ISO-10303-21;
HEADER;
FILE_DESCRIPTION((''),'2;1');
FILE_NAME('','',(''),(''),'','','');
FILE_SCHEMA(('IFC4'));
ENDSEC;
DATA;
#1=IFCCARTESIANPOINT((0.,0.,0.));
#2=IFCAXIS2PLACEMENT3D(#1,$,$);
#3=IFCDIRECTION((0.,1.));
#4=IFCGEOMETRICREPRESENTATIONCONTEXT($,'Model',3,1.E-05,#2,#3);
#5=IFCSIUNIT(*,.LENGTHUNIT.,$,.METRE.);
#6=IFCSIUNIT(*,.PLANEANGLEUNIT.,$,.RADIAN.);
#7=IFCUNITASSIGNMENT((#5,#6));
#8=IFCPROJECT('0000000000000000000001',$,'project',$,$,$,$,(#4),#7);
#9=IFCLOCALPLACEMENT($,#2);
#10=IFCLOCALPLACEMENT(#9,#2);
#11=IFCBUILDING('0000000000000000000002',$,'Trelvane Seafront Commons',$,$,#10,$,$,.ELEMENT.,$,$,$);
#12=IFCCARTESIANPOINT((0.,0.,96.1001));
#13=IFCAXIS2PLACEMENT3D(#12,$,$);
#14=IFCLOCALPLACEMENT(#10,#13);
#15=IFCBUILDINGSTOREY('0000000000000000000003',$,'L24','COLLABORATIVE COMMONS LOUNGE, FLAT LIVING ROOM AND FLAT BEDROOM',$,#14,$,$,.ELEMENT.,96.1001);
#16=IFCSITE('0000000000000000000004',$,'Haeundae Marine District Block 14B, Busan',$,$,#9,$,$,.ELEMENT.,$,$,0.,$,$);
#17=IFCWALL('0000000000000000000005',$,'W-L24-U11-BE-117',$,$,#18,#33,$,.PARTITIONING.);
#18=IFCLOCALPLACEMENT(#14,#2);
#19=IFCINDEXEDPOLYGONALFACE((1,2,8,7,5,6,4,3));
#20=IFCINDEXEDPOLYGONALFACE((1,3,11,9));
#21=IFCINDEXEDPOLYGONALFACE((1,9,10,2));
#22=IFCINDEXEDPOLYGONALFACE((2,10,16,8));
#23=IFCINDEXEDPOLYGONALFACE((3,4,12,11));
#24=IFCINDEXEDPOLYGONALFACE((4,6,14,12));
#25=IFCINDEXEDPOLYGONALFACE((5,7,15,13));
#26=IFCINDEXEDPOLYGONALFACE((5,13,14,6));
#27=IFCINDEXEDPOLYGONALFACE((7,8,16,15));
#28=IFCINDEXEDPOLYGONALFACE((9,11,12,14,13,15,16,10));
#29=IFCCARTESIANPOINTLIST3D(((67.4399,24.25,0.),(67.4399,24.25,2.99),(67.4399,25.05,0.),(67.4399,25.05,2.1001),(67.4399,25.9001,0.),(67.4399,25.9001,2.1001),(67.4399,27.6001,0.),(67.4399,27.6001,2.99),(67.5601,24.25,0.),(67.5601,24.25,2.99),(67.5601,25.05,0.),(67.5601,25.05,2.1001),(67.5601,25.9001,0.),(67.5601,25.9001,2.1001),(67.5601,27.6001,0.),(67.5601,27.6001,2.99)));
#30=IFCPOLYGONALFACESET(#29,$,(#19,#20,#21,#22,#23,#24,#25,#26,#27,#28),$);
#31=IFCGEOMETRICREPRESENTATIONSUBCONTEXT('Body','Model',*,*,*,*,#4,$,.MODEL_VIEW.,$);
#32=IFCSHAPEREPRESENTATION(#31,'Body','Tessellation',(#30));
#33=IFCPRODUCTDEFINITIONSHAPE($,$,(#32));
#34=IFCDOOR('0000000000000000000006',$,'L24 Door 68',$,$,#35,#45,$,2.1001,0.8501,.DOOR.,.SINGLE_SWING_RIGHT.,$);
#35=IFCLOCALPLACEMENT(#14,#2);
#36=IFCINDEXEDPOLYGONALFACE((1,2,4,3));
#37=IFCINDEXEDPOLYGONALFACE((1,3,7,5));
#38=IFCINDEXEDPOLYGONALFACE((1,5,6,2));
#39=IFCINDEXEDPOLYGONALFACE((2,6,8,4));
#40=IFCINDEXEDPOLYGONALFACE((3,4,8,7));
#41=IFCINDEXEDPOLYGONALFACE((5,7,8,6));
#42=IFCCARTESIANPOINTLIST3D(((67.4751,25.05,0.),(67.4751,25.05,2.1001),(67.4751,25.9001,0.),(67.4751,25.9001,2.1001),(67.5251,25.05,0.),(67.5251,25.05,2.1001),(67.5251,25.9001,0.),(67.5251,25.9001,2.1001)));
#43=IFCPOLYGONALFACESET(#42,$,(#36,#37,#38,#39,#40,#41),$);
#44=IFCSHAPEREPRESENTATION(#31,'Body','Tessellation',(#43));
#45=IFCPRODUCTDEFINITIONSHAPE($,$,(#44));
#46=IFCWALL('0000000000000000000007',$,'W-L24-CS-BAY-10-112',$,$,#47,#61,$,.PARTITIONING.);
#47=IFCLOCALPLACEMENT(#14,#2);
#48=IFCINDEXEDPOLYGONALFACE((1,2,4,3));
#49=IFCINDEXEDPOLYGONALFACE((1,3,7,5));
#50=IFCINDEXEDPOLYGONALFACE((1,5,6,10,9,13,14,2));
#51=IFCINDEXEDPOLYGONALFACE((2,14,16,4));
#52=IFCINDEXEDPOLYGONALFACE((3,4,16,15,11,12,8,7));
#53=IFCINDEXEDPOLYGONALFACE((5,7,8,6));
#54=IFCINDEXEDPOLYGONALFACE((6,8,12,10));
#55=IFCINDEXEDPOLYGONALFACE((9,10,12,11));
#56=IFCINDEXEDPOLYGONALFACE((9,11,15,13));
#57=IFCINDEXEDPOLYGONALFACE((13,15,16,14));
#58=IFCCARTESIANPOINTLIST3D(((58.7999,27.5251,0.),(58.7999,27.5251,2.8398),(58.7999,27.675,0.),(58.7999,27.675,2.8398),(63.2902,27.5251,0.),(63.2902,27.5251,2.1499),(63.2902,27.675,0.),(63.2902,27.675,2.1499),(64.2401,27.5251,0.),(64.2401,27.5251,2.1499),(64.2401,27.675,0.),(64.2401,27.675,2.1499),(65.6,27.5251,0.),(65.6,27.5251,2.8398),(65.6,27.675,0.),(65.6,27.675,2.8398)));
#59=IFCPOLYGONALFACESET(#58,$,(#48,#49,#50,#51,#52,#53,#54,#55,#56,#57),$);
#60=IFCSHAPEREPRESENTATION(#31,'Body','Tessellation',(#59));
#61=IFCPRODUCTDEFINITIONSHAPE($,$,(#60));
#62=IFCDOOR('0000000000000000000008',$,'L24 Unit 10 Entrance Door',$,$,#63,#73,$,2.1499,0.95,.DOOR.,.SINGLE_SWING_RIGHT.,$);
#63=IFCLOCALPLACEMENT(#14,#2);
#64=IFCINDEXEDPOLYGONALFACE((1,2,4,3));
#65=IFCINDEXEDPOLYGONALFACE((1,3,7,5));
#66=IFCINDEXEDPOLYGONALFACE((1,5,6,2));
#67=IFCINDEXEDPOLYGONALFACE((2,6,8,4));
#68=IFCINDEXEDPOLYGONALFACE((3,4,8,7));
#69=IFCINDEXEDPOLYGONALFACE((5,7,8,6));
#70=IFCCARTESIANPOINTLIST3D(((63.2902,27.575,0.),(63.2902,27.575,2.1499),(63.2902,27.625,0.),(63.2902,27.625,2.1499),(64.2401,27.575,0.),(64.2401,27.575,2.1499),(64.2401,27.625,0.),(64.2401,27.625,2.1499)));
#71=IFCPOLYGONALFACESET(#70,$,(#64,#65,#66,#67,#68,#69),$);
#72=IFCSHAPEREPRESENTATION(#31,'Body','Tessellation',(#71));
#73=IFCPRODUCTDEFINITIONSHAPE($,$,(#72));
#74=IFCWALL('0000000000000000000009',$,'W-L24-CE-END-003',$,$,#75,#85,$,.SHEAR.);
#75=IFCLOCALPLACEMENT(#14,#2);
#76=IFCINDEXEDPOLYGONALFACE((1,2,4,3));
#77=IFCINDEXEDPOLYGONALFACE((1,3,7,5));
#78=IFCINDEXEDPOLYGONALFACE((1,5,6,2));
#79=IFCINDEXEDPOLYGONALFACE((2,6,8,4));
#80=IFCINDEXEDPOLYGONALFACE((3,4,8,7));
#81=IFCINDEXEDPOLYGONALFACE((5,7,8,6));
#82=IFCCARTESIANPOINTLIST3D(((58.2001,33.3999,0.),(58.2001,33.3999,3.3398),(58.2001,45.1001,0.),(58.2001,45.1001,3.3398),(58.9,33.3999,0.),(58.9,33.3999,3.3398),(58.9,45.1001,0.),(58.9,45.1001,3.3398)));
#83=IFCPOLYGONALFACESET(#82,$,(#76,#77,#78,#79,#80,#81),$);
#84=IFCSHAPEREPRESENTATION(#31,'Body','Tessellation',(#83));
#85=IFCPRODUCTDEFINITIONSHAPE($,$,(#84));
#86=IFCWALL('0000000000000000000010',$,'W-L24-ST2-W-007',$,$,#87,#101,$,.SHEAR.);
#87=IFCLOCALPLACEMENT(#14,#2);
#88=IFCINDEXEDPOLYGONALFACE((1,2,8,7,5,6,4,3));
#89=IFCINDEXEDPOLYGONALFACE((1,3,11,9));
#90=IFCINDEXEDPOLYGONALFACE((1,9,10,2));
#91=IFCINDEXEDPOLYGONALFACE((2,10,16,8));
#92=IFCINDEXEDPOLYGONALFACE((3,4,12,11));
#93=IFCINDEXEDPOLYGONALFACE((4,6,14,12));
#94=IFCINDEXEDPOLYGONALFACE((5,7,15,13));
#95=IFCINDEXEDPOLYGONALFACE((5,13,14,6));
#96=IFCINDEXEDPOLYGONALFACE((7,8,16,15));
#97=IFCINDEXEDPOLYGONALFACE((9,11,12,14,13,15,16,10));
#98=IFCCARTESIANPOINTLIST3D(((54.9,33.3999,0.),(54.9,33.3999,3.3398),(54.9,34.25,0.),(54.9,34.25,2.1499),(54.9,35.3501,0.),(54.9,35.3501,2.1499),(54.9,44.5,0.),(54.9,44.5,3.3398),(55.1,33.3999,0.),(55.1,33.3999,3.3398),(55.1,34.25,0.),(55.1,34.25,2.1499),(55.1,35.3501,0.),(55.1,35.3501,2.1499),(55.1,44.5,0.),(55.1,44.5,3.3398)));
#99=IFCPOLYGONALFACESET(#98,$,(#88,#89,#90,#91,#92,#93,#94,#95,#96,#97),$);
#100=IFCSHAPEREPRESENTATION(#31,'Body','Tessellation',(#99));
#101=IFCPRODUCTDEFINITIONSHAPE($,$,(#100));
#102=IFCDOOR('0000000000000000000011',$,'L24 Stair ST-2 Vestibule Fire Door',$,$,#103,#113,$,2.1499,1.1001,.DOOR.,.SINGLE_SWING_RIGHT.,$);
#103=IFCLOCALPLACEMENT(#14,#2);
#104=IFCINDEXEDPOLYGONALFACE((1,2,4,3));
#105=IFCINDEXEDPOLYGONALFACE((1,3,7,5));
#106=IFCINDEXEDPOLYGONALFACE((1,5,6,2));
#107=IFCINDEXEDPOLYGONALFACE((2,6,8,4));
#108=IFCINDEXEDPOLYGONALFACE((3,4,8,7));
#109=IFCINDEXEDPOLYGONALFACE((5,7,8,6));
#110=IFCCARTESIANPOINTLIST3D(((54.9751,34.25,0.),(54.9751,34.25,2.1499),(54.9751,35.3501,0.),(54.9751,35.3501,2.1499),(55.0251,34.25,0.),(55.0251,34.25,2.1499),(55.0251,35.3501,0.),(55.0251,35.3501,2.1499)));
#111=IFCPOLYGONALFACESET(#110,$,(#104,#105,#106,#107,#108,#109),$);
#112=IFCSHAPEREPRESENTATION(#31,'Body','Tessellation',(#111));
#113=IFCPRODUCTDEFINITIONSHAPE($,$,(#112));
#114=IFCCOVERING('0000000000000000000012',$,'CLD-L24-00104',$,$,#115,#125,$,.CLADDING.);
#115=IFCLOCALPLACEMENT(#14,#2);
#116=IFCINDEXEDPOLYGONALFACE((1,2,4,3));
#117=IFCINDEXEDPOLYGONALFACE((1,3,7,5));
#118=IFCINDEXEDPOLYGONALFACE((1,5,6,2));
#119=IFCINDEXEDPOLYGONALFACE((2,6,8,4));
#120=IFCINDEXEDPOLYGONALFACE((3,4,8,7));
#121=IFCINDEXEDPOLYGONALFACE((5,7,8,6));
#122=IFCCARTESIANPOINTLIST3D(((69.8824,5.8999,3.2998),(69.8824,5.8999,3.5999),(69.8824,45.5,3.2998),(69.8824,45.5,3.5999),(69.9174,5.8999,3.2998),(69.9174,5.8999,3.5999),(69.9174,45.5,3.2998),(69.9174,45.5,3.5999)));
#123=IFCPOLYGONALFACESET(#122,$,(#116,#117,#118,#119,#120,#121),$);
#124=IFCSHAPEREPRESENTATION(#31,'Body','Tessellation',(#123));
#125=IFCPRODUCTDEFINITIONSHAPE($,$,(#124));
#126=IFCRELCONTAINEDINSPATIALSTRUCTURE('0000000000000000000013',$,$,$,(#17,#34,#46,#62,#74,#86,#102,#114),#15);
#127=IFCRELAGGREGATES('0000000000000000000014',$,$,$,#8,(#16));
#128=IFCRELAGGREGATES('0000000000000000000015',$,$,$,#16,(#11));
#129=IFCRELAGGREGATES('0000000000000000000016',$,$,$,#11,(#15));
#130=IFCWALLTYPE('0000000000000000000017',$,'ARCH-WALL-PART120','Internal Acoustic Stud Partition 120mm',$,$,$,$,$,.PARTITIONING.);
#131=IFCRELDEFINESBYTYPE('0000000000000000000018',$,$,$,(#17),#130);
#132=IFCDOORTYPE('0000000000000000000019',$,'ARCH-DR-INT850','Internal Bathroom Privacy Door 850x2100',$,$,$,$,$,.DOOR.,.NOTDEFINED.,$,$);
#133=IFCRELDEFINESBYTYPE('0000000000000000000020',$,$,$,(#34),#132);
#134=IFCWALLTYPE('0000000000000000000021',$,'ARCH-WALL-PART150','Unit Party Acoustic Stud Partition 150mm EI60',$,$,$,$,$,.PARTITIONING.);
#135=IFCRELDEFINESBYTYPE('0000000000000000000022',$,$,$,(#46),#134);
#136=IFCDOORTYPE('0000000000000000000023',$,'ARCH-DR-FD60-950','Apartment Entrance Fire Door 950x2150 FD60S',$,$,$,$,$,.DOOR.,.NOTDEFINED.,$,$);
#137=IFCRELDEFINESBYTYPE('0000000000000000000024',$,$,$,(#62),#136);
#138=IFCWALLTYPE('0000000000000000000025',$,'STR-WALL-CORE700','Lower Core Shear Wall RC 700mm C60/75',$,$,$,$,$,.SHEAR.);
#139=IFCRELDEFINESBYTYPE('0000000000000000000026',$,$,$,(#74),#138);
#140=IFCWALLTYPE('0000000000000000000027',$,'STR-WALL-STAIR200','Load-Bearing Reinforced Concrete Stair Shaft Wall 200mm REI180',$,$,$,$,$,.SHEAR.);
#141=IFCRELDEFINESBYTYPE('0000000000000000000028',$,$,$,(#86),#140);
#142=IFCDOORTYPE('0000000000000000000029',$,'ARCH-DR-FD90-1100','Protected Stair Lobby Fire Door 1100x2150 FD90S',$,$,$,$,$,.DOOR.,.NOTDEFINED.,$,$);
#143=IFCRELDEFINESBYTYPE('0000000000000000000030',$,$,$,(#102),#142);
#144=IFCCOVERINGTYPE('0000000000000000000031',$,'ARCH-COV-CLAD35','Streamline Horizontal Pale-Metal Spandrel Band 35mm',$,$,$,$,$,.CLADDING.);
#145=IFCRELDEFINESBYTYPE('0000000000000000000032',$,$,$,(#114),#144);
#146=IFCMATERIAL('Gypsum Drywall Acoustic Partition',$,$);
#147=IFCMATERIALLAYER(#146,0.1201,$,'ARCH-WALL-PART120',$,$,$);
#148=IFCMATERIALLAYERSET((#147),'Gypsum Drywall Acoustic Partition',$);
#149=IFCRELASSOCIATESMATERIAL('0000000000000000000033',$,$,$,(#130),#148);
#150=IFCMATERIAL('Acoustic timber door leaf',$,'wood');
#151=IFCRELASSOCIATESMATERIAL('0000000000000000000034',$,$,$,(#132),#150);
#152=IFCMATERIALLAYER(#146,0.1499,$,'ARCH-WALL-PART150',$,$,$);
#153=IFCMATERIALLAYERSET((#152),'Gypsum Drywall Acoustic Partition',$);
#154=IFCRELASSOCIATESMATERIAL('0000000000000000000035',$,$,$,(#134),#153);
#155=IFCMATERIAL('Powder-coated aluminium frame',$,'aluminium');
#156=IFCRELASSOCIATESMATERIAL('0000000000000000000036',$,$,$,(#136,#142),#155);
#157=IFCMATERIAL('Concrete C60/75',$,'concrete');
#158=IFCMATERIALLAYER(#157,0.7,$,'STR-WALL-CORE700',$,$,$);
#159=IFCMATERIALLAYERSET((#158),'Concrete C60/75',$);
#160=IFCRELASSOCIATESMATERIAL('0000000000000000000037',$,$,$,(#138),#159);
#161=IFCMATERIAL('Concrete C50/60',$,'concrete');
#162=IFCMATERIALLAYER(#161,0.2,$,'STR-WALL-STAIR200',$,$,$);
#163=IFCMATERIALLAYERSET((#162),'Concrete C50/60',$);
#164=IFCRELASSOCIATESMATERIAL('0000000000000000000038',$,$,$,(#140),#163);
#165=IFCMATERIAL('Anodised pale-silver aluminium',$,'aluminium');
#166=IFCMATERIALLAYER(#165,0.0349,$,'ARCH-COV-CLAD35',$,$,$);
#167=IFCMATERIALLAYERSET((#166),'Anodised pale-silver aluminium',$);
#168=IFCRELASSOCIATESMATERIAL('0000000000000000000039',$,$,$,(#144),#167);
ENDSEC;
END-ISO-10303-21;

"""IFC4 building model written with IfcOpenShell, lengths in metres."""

from ifc_helpers import new_model, si_unit, direction, frame, frame_2d, origin, origin_2d, place, context, subcontext, project, spatial, rectangle, extrude, source, transform, mapped, material, layer, layer_set, type_object, element, fill, save


model = new_model("IFC4")

# Units and contexts
model_context = context("Model", 3, precision=1e-05, world=origin(), true_north=direction((0.0, 1.0)))
body_context = subcontext(model_context, "Body", "Model", "MODEL_VIEW")
ifc_project = project(units=[si_unit("LENGTHUNIT", "METRE"), si_unit("PLANEANGLEUNIT", "RADIAN")], contexts=[model_context])

# Site, building, storey
site_placement = place(None, origin())
site = spatial("IfcSite", under=ifc_project, at=site_placement, Name="Haeundae Marine District Block 14B, Busan", CompositionType="ELEMENT", RefElevation=0.0)
building_placement = place(site_placement, origin())
building = spatial("IfcBuilding", under=site, at=building_placement, Name="Trelvane Seafront Commons", CompositionType="ELEMENT")
storey_placement = place(building_placement, frame((0.0, 0.0, 96.1001)))
storey = spatial("IfcBuildingStorey", under=building, at=storey_placement, Name="L24", Description="COLLABORATIVE COMMONS LOUNGE, FLAT LIVING ROOM AND FLAT BEDROOM", CompositionType="ELEMENT", Elevation=96.1001)

# Shared definitions
ifc_material_1 = material(Name="Concrete C60/75", Category="concrete")

# Shared definitions
ifc_material_2 = material(Name="Anodised pale-silver aluminium", Category="aluminium")

# Shared definitions
ifc_material_3 = material(Name="Gypsum Drywall Acoustic Partition")
ifc_layer_1 = layer(ifc_material_3, 0.1201, Name="ARCH-WALL-PART120")
ifc_layer_set_1 = layer_set([ifc_layer_1], Name="Gypsum Drywall Acoustic Partition")
wall_type_1 = type_object("IfcWallType", Name="ARCH-WALL-PART120", Description="Internal Acoustic Stud Partition 120mm", PredefinedType="PARTITIONING", material=ifc_layer_set_1)
ifc_material_4 = material(Name="Acoustic timber door leaf", Category="wood")
shared_shape_1 = source(origin(), body_context, "Body", "SweptSolid", [
    extrude(rectangle(XDim=0.95, YDim=2.1499, at=frame_2d((0.4751, 1.075))), frame((0.0, 0.0249, 0.0), z_axis=(0.0, -1.0, 0.0), x_axis=(1.0, 0.0, 0.0)), (0.0, 0.0, 1.0), 0.05),
])

# Walls, openings, doors
wall_1_placement = place(storey_placement, frame((67.5, 24.25, 0.0), z_axis=(0.0, 0.0, 1.0), x_axis=(0.0, 1.0, 0.0)))
wall_1 = element("IfcWall", 1, at=wall_1_placement, inside=storey, type_object=wall_type_1, Name="W-L24-U11-BE-117", PredefinedType="PARTITIONING", context=body_context, shape_type="SweptSolid", body=[
    extrude(rectangle(XDim=3.3501, YDim=0.1201, at=frame_2d((1.675, 0.0))), origin(), (0.0, 0.0, 1.0), 2.99),
])
opening_1_placement = place(wall_1_placement, frame((0.8, 0.0, 0.0)))
opening_1 = element("IfcOpeningElement", 2, at=opening_1_placement, cuts=wall_1, PredefinedType="OPENING", context=body_context, shape_type="SweptSolid", body=[
    extrude(rectangle(XDim=0.8501, YDim=2.1001, at=frame_2d((0.425, 1.05))), frame((0.0, 0.0701, 0.0), z_axis=(0.0, -1.0, 0.0), x_axis=(1.0, 0.0, 0.0)), (0.0, 0.0, 1.0), 0.1401),
])
door_type_1 = type_object("IfcDoorType", Name="ARCH-DR-INT850", Description="Internal Bathroom Privacy Door 850x2100", OperationType="NOTDEFINED", PredefinedType="DOOR", material=ifc_material_4)
shared_shape_2 = source(origin(), body_context, "Body", "SweptSolid", [
    extrude(rectangle(XDim=0.8501, YDim=2.1001, at=frame_2d((0.425, 1.05))), frame((0.0, 0.0249, 0.0), z_axis=(0.0, -1.0, 0.0), x_axis=(1.0, 0.0, 0.0)), (0.0, 0.0, 1.0), 0.05),
])
door_1_placement = place(opening_1_placement, origin())
door_1 = element("IfcDoor", 3, at=door_1_placement, inside=storey, type_object=door_type_1, Name="L24 Door 68", OperationType="SINGLE_SWING_RIGHT", OverallHeight=2.1001, OverallWidth=0.8501, PredefinedType="DOOR", context=body_context, shape_type="MappedRepresentation", body=[
    mapped(shared_shape_2, transform((0.0, 0.0, 0.0), x_axis=(1.0, 0.0, 0.0), y_axis=(0.0, 1.0, 0.0), z_axis=(0.0, 0.0, 1.0), scale=1.0)),
])
fill(opening_1, door_1)
ifc_layer_2 = layer(ifc_material_3, 0.1499, Name="ARCH-WALL-PART150")
ifc_layer_set_2 = layer_set([ifc_layer_2], Name="Gypsum Drywall Acoustic Partition")
wall_type_2 = type_object("IfcWallType", Name="ARCH-WALL-PART150", Description="Unit Party Acoustic Stud Partition 150mm EI60", PredefinedType="PARTITIONING", material=ifc_layer_set_2)
wall_2_placement = place(storey_placement, frame((58.8, 27.6001, 0.0), z_axis=(0.0, 0.0, 1.0), x_axis=(1.0, 0.0, 0.0)))
wall_2 = element("IfcWall", 4, at=wall_2_placement, inside=storey, type_object=wall_type_2, Name="W-L24-CS-BAY-10-112", PredefinedType="PARTITIONING", context=body_context, shape_type="SweptSolid", body=[
    extrude(rectangle(XDim=6.8, YDim=0.1499, at=frame_2d((3.3999, 0.0))), origin(), (0.0, 0.0, 1.0), 2.8398),
])
opening_2_placement = place(wall_2_placement, frame((4.49, 0.0, 0.0)))
opening_2 = element("IfcOpeningElement", 5, at=opening_2_placement, cuts=wall_2, PredefinedType="OPENING", context=body_context, shape_type="SweptSolid", body=[
    extrude(rectangle(XDim=0.95, YDim=2.1499, at=frame_2d((0.4751, 1.075))), frame((0.0, 0.085, 0.0), z_axis=(0.0, -1.0, 0.0), x_axis=(1.0, 0.0, 0.0)), (0.0, 0.0, 1.0), 0.1699),
])
ifc_material_5 = material(Name="Powder-coated aluminium frame", Category="aluminium")
door_type_2 = type_object("IfcDoorType", Name="ARCH-DR-FD60-950", Description="Apartment Entrance Fire Door 950x2150 FD60S", OperationType="NOTDEFINED", PredefinedType="DOOR", material=ifc_material_5)
door_2_placement = place(opening_2_placement, origin())
door_2 = element("IfcDoor", 6, at=door_2_placement, inside=storey, type_object=door_type_2, Name="L24 Unit 10 Entrance Door", OperationType="SINGLE_SWING_RIGHT", OverallHeight=2.1499, OverallWidth=0.95, PredefinedType="DOOR", context=body_context, shape_type="MappedRepresentation", body=[
    mapped(shared_shape_1, transform((0.0, 0.0, 0.0), x_axis=(1.0, 0.0, 0.0), y_axis=(0.0, 1.0, 0.0), z_axis=(0.0, 0.0, 1.0), scale=1.0)),
])
fill(opening_2, door_2)

# Wall
ifc_layer_3 = layer(ifc_material_1, 0.7, Name="STR-WALL-CORE700")
ifc_layer_set_3 = layer_set([ifc_layer_3], Name="Concrete C60/75")
wall_type_3 = type_object("IfcWallType", Name="STR-WALL-CORE700", Description="Lower Core Shear Wall RC 700mm C60/75", PredefinedType="SHEAR", material=ifc_layer_set_3)
wall_3_placement = place(storey_placement, frame((58.55, 33.3999, 0.0), z_axis=(0.0, 0.0, 1.0), x_axis=(0.0, 1.0, 0.0)))
element("IfcWall", 7, at=wall_3_placement, inside=storey, type_object=wall_type_3, Name="W-L24-CE-END-003", PredefinedType="SHEAR", context=body_context, shape_type="SweptSolid", body=[
    extrude(rectangle(XDim=11.7002, YDim=0.7, at=frame_2d((5.8501, 0.0))), origin(), (0.0, 0.0, 1.0), 3.3398),
])

# Wall, opening, door
ifc_material_6 = material(Name="Concrete C50/60", Category="concrete")
ifc_layer_4 = layer(ifc_material_6, 0.2, Name="STR-WALL-STAIR200")
ifc_layer_set_4 = layer_set([ifc_layer_4], Name="Concrete C50/60")
wall_type_4 = type_object("IfcWallType", Name="STR-WALL-STAIR200", Description="Load-Bearing Reinforced Concrete Stair Shaft Wall 200mm REI180", PredefinedType="SHEAR", material=ifc_layer_set_4)
wall_4_placement = place(storey_placement, frame((55.0, 33.3999, 0.0), z_axis=(0.0, 0.0, 1.0), x_axis=(0.0, 1.0, 0.0)))
wall_4 = element("IfcWall", 8, at=wall_4_placement, inside=storey, type_object=wall_type_4, Name="W-L24-ST2-W-007", PredefinedType="SHEAR", context=body_context, shape_type="SweptSolid", body=[
    extrude(rectangle(XDim=11.1001, YDim=0.2, at=frame_2d((5.55, 0.0))), origin(), (0.0, 0.0, 1.0), 3.3398),
])
opening_3_placement = place(wall_4_placement, frame((0.8501, 0.0, 0.0)))
opening_3 = element("IfcOpeningElement", 9, at=opening_3_placement, cuts=wall_4, PredefinedType="OPENING", context=body_context, shape_type="SweptSolid", body=[
    extrude(rectangle(XDim=1.1001, YDim=2.1499, at=frame_2d((0.55, 1.075))), frame((0.0, 0.1099, 0.0), z_axis=(0.0, -1.0, 0.0), x_axis=(1.0, 0.0, 0.0)), (0.0, 0.0, 1.0), 0.22),
])
door_type_3 = type_object("IfcDoorType", Name="ARCH-DR-FD90-1100", Description="Protected Stair Lobby Fire Door 1100x2150 FD90S", OperationType="NOTDEFINED", PredefinedType="DOOR", material=ifc_material_5)
shared_shape_3 = source(origin(), body_context, "Body", "SweptSolid", [
    extrude(rectangle(XDim=1.1001, YDim=2.1499, at=frame_2d((0.55, 1.075))), frame((0.0, 0.0249, 0.0), z_axis=(0.0, -1.0, 0.0), x_axis=(1.0, 0.0, 0.0)), (0.0, 0.0, 1.0), 0.05),
])
door_3_placement = place(opening_3_placement, origin())
door_3 = element("IfcDoor", 10, at=door_3_placement, inside=storey, type_object=door_type_3, Name="L24 Stair ST-2 Vestibule Fire Door", OperationType="SINGLE_SWING_RIGHT", OverallHeight=2.1499, OverallWidth=1.1001, PredefinedType="DOOR", context=body_context, shape_type="MappedRepresentation", body=[
    mapped(shared_shape_3, transform((0.0, 0.0, 0.0), x_axis=(1.0, 0.0, 0.0), y_axis=(0.0, 1.0, 0.0), z_axis=(0.0, 0.0, 1.0), scale=1.0)),
])
fill(opening_3, door_3)

# Covering
ifc_layer_5 = layer(ifc_material_2, 0.0349, Name="ARCH-COV-CLAD35")
ifc_layer_set_5 = layer_set([ifc_layer_5], Name="Anodised pale-silver aluminium")
covering_type = type_object("IfcCoveringType", Name="ARCH-COV-CLAD35", Description="Streamline Horizontal Pale-Metal Spandrel Band 35mm", PredefinedType="CLADDING", material=ifc_layer_set_5)
shared_shape_4 = source(origin(), body_context, "Body", "SweptSolid", [
    extrude(rectangle(XDim=39.6001, YDim=0.0349, at=origin_2d()), origin(), (0.0, 0.0, 1.0), 0.3),
])
covering_placement = place(storey_placement, frame((69.8999, 25.7, 3.2998), z_axis=(0.0, 0.0, 1.0), x_axis=(0.0, -1.0, 0.0)))
element("IfcCovering", 11, at=covering_placement, inside=storey, type_object=covering_type, Name="CLD-L24-00104", PredefinedType="CLADDING", context=body_context, shape_type="MappedRepresentation", body=[
    mapped(shared_shape_4, transform((0.0, 0.0, 0.0), x_axis=(1.0, 0.0, 0.0), y_axis=(0.0, 1.0, 0.0), z_axis=(0.0, 0.0, 1.0), scale=1.0)),
])

save(model, "model.ifc")
